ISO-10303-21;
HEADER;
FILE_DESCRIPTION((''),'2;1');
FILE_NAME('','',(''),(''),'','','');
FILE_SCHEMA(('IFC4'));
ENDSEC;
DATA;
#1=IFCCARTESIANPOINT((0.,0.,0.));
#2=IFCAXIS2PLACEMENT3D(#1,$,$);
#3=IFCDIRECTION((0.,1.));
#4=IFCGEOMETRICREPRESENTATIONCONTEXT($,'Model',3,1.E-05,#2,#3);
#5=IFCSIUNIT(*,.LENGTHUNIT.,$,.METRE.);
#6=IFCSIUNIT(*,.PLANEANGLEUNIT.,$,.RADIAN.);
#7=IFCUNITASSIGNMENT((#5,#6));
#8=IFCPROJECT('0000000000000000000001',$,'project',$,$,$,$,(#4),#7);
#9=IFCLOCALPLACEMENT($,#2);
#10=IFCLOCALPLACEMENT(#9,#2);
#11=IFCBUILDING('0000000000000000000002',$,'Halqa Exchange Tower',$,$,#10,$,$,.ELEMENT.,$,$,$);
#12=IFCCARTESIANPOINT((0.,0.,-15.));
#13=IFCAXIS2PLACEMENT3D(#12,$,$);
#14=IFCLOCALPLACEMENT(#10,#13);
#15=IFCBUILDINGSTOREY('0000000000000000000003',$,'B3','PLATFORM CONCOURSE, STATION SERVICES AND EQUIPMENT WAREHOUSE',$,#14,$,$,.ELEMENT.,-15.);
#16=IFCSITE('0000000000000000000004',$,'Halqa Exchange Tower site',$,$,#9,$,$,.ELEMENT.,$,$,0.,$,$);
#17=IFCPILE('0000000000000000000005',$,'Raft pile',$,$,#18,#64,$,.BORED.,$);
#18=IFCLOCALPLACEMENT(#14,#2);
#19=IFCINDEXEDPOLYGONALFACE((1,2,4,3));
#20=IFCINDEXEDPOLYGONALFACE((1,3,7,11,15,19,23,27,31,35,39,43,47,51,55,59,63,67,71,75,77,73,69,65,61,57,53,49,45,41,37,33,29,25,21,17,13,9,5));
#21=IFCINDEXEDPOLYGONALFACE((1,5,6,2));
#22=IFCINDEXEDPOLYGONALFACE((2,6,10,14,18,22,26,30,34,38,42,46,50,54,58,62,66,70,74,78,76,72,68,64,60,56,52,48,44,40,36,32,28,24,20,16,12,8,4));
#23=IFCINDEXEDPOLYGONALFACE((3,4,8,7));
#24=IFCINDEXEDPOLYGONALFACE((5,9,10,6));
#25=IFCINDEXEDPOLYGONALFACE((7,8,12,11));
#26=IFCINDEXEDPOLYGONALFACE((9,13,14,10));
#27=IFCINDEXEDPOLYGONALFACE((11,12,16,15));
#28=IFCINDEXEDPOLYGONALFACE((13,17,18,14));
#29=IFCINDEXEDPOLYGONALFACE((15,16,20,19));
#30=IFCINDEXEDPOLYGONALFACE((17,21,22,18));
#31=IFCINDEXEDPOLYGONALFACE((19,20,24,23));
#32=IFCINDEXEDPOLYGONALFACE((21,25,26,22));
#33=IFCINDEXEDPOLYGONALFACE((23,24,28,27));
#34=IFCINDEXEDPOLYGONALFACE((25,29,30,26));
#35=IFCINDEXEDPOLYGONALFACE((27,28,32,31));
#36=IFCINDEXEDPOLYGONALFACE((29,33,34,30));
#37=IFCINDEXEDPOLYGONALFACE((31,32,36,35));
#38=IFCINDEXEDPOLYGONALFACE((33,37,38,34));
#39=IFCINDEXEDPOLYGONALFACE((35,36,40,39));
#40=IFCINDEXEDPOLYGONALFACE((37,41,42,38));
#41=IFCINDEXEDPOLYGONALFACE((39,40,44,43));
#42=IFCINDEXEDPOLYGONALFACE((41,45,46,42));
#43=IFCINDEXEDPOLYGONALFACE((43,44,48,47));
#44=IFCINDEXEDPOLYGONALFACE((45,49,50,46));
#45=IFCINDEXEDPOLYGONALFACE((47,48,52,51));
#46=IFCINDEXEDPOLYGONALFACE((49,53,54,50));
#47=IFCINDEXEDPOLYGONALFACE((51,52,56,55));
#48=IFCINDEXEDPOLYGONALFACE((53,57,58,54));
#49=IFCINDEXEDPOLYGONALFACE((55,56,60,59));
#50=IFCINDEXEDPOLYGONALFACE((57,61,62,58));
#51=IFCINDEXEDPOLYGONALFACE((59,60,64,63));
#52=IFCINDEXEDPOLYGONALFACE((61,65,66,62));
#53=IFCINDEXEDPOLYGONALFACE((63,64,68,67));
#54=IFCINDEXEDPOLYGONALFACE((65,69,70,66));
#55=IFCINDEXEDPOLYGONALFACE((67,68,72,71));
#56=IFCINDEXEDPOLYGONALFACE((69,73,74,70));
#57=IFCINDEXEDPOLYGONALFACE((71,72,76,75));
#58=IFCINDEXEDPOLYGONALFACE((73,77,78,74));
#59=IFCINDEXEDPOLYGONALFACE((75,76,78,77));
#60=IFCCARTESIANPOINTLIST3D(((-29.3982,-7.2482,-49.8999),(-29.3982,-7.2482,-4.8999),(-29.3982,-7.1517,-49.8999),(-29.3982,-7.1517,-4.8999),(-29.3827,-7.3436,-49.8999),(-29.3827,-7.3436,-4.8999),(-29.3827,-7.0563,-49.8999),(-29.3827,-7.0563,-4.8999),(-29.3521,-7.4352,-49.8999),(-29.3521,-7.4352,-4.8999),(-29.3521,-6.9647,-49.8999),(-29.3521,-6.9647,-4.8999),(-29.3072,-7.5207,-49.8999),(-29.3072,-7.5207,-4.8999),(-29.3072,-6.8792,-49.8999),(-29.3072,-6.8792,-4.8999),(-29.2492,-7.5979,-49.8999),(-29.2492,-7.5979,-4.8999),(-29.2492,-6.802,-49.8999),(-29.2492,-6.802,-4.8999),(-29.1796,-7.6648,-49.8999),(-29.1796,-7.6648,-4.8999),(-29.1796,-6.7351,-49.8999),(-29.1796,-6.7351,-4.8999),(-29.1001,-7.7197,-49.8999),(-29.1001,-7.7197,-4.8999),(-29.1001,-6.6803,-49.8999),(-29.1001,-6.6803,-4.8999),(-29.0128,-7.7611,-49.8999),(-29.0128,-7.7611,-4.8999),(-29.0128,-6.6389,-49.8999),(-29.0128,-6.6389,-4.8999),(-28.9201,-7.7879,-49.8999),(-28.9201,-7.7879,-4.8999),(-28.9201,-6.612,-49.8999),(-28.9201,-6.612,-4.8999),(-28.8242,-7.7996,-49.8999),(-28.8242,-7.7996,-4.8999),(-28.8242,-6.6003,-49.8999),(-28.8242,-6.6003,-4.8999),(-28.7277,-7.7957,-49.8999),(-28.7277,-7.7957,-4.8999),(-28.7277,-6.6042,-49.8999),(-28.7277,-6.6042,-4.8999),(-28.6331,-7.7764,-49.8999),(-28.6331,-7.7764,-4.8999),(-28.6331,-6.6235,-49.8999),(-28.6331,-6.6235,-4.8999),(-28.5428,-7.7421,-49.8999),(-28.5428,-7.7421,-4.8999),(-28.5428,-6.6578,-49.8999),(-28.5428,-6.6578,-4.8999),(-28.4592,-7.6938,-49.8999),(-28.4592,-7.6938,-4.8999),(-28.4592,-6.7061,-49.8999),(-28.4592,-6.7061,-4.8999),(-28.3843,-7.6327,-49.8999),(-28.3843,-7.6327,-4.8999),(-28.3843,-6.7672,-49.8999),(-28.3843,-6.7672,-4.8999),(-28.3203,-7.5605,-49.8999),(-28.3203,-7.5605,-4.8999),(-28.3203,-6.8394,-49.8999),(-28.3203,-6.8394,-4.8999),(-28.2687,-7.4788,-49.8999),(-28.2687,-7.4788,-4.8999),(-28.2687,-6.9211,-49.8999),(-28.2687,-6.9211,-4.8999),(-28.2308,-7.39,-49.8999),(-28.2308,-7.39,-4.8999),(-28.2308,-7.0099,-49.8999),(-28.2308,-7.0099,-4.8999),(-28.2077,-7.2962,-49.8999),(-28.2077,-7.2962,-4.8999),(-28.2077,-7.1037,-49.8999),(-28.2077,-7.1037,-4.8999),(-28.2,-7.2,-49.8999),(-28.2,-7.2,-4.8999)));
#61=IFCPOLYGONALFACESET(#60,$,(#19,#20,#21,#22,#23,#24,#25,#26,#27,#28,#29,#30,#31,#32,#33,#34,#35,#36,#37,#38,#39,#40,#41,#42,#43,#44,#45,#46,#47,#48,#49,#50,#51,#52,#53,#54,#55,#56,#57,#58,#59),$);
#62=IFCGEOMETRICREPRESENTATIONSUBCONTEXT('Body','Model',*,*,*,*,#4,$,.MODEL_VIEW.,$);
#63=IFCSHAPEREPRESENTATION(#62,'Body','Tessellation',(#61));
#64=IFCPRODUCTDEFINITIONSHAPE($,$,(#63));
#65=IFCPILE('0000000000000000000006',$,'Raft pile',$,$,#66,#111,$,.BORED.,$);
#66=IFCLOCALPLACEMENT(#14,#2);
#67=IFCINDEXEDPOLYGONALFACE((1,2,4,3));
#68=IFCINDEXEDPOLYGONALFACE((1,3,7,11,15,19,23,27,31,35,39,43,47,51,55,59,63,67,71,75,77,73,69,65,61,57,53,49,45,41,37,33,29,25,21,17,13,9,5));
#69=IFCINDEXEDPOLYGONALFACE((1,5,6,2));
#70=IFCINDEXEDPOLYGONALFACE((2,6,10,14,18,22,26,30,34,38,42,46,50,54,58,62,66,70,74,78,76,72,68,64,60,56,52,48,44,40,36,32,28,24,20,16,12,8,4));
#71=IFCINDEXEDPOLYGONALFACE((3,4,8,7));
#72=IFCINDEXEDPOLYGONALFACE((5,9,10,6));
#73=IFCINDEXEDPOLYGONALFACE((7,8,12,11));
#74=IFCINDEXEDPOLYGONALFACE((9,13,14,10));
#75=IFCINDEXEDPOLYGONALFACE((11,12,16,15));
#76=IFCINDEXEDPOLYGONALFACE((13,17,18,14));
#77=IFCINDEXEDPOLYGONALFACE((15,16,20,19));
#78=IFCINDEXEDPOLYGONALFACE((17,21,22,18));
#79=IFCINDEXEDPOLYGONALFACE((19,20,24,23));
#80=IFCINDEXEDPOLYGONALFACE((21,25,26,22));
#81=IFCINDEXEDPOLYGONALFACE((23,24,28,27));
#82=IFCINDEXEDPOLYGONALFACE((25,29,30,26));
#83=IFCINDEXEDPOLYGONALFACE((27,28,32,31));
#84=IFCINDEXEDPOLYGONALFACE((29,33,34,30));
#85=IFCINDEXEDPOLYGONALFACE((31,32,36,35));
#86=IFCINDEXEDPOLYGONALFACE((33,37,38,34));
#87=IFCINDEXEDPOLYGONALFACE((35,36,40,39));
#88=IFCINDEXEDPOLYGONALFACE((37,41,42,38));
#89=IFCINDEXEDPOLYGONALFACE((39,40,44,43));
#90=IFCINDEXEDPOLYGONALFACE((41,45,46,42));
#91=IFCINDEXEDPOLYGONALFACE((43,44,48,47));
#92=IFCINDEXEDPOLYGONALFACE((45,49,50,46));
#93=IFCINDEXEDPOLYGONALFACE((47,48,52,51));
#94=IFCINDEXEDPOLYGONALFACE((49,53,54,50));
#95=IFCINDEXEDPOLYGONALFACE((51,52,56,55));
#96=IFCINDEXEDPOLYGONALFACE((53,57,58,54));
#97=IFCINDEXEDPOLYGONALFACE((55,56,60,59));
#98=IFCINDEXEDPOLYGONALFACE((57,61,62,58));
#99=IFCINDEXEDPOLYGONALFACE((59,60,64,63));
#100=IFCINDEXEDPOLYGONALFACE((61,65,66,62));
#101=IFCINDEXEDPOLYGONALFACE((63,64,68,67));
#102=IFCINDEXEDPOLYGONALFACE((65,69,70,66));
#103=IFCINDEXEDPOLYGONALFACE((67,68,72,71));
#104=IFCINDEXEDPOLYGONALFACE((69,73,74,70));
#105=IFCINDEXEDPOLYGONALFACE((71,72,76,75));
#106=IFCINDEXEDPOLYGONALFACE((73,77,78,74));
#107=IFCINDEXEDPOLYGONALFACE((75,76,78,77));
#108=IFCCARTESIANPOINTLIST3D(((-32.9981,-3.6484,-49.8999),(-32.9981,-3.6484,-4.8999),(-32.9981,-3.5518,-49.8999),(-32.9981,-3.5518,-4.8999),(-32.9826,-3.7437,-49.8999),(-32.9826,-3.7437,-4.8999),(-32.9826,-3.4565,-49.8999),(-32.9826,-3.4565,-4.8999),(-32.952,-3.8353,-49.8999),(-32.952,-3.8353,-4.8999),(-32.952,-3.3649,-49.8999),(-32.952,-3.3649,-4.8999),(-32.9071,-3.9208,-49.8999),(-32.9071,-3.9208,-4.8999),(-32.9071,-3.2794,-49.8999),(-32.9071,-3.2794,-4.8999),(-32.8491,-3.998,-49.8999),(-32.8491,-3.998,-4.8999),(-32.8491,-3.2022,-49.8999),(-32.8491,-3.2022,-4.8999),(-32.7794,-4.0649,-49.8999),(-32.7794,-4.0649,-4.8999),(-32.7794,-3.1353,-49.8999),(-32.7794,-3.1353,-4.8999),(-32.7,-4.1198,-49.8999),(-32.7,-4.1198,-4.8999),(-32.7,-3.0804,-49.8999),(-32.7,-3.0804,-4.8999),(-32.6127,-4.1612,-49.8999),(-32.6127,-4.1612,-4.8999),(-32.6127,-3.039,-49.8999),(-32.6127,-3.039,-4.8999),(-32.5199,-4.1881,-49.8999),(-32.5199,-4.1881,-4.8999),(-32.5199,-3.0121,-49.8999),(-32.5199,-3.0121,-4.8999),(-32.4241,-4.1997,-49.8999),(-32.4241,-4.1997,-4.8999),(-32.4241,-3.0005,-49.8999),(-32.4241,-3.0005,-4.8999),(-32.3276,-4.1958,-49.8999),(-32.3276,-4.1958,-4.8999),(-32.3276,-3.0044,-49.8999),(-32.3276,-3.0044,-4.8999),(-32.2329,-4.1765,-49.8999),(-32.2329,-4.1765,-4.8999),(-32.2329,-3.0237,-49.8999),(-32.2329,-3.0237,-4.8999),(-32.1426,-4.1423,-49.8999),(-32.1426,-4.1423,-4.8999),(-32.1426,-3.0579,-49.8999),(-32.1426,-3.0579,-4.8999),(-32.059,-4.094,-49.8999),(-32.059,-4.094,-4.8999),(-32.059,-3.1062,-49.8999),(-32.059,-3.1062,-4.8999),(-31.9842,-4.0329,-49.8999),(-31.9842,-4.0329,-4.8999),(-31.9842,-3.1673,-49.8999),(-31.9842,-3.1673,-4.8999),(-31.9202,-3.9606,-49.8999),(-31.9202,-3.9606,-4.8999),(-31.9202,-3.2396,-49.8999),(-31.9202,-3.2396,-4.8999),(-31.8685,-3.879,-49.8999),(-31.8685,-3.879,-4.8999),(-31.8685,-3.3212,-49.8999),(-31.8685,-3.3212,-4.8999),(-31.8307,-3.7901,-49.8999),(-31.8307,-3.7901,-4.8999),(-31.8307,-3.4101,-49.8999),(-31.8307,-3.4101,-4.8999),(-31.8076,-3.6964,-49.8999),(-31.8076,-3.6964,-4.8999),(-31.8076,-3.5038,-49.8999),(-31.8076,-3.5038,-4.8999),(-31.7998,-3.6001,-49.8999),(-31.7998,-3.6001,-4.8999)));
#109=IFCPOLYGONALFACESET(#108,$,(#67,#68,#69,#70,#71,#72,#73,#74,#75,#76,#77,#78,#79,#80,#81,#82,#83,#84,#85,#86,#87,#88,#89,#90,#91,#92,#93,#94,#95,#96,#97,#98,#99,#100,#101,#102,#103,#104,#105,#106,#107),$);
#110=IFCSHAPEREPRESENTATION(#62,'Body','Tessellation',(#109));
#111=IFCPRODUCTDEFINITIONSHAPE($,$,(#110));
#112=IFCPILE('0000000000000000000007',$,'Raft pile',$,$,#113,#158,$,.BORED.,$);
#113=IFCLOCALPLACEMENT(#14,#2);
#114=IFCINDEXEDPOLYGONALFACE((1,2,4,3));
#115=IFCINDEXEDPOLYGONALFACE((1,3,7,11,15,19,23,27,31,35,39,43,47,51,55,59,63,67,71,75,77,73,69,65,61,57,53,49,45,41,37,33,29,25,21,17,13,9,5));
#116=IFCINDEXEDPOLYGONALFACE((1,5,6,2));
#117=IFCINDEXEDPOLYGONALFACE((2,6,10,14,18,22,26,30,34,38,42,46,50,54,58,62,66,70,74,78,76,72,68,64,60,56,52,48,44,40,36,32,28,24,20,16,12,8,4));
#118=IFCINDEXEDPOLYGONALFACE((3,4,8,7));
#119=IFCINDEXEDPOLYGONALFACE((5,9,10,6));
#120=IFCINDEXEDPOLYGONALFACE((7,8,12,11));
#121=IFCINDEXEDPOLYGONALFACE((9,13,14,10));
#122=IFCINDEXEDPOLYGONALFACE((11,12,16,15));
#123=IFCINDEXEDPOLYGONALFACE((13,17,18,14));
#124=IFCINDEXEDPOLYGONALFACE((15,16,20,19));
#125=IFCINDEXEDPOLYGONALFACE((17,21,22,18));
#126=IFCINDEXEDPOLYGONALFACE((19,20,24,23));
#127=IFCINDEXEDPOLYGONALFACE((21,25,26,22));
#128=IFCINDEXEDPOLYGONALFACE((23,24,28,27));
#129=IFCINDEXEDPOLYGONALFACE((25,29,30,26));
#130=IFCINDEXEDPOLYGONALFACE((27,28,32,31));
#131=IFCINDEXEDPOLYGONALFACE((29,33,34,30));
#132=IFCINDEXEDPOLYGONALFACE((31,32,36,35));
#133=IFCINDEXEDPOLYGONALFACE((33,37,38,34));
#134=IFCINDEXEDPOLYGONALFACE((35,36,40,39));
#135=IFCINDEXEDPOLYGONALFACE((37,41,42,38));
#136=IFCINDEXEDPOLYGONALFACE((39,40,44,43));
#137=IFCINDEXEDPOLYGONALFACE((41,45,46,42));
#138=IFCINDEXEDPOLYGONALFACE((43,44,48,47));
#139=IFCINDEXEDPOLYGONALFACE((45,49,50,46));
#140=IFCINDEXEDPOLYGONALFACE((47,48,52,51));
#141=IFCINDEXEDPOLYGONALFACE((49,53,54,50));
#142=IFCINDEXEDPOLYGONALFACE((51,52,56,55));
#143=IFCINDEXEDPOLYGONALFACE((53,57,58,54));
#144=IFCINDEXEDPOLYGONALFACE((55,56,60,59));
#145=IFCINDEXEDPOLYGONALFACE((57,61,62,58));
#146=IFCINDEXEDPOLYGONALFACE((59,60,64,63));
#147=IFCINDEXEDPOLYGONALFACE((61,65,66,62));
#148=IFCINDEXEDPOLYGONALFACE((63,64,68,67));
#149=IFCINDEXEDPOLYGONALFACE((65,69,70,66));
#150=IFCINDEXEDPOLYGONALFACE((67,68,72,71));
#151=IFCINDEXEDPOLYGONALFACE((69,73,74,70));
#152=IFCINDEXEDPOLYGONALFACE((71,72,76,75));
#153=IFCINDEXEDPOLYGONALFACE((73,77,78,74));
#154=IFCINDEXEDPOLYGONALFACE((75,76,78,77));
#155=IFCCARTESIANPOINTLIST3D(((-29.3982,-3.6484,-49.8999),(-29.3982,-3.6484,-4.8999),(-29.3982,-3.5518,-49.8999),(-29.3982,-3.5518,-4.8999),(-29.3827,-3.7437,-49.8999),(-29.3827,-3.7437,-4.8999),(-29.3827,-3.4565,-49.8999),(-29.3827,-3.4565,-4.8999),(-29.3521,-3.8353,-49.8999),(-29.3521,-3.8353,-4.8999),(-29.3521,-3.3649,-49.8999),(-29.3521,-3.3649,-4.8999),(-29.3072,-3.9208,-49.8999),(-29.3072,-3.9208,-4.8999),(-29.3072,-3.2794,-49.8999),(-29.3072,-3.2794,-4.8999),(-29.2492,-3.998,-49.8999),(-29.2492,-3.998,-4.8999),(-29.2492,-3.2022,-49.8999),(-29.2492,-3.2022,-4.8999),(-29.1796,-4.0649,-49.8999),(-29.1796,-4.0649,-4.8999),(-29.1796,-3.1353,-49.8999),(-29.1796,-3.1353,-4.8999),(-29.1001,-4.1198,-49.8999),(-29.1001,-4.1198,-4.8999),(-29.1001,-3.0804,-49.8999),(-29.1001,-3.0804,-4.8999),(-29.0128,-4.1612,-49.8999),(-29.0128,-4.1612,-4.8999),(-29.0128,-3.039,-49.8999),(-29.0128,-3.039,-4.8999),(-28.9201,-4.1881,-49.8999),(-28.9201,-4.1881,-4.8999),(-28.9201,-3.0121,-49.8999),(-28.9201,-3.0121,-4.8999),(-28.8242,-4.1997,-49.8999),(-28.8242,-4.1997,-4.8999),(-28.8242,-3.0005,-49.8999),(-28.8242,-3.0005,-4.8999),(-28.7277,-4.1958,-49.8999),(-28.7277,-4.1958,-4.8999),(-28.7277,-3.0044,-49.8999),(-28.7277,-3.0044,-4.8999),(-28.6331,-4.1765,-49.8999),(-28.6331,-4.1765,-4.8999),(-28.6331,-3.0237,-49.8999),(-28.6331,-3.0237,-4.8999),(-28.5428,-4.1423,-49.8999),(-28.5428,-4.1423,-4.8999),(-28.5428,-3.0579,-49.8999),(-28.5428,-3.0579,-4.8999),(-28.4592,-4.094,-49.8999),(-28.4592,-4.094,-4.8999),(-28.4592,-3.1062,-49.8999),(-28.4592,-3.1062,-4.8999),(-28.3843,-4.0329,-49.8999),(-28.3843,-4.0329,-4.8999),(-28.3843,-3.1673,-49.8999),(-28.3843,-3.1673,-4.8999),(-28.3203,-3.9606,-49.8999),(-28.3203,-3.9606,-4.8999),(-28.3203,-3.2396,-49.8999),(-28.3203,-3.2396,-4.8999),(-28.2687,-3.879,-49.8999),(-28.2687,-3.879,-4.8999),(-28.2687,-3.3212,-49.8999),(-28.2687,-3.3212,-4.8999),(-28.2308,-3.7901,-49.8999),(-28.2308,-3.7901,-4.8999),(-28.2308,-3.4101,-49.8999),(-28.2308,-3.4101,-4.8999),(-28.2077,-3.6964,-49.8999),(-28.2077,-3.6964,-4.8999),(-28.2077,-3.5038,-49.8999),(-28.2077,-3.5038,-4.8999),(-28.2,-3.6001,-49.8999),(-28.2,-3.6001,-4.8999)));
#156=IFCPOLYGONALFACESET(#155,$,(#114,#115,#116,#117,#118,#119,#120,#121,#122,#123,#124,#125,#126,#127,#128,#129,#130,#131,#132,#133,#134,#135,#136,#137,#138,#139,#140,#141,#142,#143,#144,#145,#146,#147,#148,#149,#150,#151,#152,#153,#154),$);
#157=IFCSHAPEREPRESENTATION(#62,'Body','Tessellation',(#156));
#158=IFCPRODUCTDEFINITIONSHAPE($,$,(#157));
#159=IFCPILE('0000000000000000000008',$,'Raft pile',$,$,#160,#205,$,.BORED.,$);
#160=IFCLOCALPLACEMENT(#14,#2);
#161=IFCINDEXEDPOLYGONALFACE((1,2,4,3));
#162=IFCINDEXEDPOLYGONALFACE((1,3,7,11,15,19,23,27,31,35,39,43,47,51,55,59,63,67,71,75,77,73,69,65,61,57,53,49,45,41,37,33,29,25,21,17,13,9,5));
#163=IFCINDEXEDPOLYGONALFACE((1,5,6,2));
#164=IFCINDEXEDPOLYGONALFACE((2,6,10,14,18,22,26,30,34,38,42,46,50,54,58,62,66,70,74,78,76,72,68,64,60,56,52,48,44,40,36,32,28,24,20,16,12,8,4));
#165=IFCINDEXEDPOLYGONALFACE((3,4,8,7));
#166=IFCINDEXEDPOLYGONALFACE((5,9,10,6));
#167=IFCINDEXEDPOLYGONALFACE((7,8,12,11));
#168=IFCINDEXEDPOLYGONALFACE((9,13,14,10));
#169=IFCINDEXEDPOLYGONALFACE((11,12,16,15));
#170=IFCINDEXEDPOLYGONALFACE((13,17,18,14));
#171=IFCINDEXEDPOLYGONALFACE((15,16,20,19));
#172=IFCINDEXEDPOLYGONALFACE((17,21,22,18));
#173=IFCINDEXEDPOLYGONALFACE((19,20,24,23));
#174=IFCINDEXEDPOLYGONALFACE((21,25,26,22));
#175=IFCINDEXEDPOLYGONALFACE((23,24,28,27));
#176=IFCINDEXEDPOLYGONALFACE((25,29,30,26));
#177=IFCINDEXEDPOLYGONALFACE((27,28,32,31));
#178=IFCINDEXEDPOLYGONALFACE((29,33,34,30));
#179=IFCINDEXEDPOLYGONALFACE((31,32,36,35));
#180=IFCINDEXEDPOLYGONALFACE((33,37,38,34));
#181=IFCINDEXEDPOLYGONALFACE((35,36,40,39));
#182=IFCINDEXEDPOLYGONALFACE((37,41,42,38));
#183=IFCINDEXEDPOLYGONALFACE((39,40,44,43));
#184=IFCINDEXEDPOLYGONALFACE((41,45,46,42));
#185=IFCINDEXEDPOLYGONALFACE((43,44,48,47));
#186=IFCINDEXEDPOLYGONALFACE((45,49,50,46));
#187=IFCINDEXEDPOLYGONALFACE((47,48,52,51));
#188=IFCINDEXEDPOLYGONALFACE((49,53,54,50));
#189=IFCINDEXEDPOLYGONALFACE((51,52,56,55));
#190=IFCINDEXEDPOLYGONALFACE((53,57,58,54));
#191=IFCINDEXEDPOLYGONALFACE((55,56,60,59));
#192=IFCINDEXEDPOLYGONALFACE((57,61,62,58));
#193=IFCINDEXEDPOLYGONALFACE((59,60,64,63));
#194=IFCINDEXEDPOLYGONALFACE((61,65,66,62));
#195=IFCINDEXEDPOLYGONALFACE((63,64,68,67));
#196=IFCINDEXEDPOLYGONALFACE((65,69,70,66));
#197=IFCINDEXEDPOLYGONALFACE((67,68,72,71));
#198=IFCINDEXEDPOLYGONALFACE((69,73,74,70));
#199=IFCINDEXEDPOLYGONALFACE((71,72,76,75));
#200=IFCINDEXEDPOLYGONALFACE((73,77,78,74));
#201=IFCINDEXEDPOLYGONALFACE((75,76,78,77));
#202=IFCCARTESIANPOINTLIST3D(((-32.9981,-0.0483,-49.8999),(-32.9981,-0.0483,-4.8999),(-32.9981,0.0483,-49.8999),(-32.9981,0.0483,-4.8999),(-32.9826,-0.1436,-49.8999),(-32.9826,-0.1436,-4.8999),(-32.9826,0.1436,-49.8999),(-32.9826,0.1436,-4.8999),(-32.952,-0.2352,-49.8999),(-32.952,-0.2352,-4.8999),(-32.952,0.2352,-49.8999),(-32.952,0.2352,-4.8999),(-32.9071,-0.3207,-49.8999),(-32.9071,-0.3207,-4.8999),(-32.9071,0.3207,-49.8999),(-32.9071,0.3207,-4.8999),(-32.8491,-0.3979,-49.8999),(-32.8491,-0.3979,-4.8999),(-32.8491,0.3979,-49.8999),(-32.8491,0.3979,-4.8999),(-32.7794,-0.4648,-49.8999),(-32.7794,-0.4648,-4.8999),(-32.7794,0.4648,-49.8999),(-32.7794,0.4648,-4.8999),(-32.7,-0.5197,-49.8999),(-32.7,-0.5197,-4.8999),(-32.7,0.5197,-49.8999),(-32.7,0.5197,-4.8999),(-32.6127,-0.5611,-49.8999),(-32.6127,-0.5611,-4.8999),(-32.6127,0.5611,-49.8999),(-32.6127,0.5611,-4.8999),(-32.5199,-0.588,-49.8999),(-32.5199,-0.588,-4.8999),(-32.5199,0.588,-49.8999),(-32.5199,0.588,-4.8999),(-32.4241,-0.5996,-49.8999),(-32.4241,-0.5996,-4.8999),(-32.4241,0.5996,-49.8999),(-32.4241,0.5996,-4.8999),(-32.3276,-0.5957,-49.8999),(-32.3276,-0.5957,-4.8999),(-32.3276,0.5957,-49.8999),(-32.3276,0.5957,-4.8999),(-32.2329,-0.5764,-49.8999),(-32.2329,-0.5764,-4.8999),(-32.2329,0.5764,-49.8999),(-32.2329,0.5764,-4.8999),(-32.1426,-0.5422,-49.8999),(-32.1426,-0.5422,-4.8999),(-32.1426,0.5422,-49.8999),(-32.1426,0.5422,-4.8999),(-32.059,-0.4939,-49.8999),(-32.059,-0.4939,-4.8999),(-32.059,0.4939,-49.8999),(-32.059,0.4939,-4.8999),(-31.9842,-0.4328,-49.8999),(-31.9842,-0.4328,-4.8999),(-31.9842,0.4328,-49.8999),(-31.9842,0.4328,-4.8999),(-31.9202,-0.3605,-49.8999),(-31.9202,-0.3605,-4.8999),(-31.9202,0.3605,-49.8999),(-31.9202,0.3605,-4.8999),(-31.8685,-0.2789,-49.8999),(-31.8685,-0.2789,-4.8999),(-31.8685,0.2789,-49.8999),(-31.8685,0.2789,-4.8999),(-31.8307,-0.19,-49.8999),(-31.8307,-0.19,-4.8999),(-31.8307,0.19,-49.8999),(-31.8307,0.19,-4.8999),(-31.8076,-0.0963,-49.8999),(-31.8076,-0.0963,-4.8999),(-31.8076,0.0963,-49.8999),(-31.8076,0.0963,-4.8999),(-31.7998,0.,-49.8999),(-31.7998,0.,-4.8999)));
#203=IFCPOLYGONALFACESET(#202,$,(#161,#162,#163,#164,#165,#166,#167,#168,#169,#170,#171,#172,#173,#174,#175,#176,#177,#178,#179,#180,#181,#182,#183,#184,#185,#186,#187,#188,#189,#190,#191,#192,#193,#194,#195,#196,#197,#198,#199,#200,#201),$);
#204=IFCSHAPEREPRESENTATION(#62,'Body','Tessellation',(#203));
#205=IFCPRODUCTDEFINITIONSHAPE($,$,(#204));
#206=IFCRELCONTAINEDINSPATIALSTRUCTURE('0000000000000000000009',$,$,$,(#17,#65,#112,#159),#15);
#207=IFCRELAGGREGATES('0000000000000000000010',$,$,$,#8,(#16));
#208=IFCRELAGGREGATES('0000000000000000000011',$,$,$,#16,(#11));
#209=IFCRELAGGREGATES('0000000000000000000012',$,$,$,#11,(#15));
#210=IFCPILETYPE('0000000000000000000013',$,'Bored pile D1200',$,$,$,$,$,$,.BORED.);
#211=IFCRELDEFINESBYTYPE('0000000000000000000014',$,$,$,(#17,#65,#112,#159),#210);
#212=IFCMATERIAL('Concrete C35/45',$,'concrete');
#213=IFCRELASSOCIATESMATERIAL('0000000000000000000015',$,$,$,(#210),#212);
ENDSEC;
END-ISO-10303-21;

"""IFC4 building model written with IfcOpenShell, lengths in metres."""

from ifc_helpers import new_model, si_unit, direction, frame, origin, origin_2d, place, context, subcontext, project, spatial, circle, extrude, material, material_profile, profile_set, type_object, element, save


model = new_model("IFC4")

# Units and contexts
model_context = context("Model", 3, precision=1e-05, world=origin(), true_north=direction((0.0, 1.0)))
body_context = subcontext(model_context, "Body", "Model", "MODEL_VIEW")
ifc_project = project(units=[si_unit("LENGTHUNIT", "METRE"), si_unit("PLANEANGLEUNIT", "RADIAN")], contexts=[model_context])

# Site, building, storey
site_placement = place(None, origin())
site = spatial("IfcSite", under=ifc_project, at=site_placement, Name="Halqa Exchange Tower site", CompositionType="ELEMENT", RefElevation=0.0)
building_placement = place(site_placement, origin())
building = spatial("IfcBuilding", under=site, at=building_placement, Name="Halqa Exchange Tower", CompositionType="ELEMENT")
storey_placement = place(building_placement, frame((0.0, 0.0, -15.0)))
storey = spatial("IfcBuildingStorey", under=building, at=storey_placement, Name="B3", Description="PLATFORM CONCOURSE, STATION SERVICES AND EQUIPMENT WAREHOUSE", CompositionType="ELEMENT", Elevation=-15.0)

# Piles
ifc_material_1 = material(Name="Concrete C35/45", Category="concrete")
ifc_material_profile_1 = material_profile(ifc_material_1, circle(Radius=0.6001, at=origin_2d()), Name="D1200")
ifc_profile_set_1 = profile_set([ifc_material_profile_1], Name="Concrete C35/45")
pile_type_1 = type_object("IfcPileType", Name="Bored pile D1200", PredefinedType="BORED", material=ifc_profile_set_1)
for number, where, z_axis, x_axis, name in (
    (1, (-28.8, -7.2, -4.8999), (0.0, 0.0, -1.0), (1.0, 0.0, 0.0), "Raft pile"),
    (2, (-32.3999, -3.6001, -4.8999), (0.0, 0.0, -1.0), (1.0, 0.0, 0.0), "Raft pile"),
    (3, (-28.8, -3.6001, -4.8999), (0.0, 0.0, -1.0), (1.0, 0.0, 0.0), "Raft pile"),
    (4, (-32.3999, 0.0, -4.8999), (0.0, 0.0, -1.0), (1.0, 0.0, 0.0), "Raft pile"),
):
    element("IfcPile", number, at=place(storey_placement, frame(where, z_axis=z_axis, x_axis=x_axis)), inside=storey, type_object=pile_type_1, Name=name, PredefinedType="BORED", context=body_context, shape_type="SweptSolid", body=[
        extrude(circle(Radius=0.6001, at=origin_2d()), origin(), (0.0, 0.0, 1.0), 45.0),
    ])

save(model, "model.ifc")
